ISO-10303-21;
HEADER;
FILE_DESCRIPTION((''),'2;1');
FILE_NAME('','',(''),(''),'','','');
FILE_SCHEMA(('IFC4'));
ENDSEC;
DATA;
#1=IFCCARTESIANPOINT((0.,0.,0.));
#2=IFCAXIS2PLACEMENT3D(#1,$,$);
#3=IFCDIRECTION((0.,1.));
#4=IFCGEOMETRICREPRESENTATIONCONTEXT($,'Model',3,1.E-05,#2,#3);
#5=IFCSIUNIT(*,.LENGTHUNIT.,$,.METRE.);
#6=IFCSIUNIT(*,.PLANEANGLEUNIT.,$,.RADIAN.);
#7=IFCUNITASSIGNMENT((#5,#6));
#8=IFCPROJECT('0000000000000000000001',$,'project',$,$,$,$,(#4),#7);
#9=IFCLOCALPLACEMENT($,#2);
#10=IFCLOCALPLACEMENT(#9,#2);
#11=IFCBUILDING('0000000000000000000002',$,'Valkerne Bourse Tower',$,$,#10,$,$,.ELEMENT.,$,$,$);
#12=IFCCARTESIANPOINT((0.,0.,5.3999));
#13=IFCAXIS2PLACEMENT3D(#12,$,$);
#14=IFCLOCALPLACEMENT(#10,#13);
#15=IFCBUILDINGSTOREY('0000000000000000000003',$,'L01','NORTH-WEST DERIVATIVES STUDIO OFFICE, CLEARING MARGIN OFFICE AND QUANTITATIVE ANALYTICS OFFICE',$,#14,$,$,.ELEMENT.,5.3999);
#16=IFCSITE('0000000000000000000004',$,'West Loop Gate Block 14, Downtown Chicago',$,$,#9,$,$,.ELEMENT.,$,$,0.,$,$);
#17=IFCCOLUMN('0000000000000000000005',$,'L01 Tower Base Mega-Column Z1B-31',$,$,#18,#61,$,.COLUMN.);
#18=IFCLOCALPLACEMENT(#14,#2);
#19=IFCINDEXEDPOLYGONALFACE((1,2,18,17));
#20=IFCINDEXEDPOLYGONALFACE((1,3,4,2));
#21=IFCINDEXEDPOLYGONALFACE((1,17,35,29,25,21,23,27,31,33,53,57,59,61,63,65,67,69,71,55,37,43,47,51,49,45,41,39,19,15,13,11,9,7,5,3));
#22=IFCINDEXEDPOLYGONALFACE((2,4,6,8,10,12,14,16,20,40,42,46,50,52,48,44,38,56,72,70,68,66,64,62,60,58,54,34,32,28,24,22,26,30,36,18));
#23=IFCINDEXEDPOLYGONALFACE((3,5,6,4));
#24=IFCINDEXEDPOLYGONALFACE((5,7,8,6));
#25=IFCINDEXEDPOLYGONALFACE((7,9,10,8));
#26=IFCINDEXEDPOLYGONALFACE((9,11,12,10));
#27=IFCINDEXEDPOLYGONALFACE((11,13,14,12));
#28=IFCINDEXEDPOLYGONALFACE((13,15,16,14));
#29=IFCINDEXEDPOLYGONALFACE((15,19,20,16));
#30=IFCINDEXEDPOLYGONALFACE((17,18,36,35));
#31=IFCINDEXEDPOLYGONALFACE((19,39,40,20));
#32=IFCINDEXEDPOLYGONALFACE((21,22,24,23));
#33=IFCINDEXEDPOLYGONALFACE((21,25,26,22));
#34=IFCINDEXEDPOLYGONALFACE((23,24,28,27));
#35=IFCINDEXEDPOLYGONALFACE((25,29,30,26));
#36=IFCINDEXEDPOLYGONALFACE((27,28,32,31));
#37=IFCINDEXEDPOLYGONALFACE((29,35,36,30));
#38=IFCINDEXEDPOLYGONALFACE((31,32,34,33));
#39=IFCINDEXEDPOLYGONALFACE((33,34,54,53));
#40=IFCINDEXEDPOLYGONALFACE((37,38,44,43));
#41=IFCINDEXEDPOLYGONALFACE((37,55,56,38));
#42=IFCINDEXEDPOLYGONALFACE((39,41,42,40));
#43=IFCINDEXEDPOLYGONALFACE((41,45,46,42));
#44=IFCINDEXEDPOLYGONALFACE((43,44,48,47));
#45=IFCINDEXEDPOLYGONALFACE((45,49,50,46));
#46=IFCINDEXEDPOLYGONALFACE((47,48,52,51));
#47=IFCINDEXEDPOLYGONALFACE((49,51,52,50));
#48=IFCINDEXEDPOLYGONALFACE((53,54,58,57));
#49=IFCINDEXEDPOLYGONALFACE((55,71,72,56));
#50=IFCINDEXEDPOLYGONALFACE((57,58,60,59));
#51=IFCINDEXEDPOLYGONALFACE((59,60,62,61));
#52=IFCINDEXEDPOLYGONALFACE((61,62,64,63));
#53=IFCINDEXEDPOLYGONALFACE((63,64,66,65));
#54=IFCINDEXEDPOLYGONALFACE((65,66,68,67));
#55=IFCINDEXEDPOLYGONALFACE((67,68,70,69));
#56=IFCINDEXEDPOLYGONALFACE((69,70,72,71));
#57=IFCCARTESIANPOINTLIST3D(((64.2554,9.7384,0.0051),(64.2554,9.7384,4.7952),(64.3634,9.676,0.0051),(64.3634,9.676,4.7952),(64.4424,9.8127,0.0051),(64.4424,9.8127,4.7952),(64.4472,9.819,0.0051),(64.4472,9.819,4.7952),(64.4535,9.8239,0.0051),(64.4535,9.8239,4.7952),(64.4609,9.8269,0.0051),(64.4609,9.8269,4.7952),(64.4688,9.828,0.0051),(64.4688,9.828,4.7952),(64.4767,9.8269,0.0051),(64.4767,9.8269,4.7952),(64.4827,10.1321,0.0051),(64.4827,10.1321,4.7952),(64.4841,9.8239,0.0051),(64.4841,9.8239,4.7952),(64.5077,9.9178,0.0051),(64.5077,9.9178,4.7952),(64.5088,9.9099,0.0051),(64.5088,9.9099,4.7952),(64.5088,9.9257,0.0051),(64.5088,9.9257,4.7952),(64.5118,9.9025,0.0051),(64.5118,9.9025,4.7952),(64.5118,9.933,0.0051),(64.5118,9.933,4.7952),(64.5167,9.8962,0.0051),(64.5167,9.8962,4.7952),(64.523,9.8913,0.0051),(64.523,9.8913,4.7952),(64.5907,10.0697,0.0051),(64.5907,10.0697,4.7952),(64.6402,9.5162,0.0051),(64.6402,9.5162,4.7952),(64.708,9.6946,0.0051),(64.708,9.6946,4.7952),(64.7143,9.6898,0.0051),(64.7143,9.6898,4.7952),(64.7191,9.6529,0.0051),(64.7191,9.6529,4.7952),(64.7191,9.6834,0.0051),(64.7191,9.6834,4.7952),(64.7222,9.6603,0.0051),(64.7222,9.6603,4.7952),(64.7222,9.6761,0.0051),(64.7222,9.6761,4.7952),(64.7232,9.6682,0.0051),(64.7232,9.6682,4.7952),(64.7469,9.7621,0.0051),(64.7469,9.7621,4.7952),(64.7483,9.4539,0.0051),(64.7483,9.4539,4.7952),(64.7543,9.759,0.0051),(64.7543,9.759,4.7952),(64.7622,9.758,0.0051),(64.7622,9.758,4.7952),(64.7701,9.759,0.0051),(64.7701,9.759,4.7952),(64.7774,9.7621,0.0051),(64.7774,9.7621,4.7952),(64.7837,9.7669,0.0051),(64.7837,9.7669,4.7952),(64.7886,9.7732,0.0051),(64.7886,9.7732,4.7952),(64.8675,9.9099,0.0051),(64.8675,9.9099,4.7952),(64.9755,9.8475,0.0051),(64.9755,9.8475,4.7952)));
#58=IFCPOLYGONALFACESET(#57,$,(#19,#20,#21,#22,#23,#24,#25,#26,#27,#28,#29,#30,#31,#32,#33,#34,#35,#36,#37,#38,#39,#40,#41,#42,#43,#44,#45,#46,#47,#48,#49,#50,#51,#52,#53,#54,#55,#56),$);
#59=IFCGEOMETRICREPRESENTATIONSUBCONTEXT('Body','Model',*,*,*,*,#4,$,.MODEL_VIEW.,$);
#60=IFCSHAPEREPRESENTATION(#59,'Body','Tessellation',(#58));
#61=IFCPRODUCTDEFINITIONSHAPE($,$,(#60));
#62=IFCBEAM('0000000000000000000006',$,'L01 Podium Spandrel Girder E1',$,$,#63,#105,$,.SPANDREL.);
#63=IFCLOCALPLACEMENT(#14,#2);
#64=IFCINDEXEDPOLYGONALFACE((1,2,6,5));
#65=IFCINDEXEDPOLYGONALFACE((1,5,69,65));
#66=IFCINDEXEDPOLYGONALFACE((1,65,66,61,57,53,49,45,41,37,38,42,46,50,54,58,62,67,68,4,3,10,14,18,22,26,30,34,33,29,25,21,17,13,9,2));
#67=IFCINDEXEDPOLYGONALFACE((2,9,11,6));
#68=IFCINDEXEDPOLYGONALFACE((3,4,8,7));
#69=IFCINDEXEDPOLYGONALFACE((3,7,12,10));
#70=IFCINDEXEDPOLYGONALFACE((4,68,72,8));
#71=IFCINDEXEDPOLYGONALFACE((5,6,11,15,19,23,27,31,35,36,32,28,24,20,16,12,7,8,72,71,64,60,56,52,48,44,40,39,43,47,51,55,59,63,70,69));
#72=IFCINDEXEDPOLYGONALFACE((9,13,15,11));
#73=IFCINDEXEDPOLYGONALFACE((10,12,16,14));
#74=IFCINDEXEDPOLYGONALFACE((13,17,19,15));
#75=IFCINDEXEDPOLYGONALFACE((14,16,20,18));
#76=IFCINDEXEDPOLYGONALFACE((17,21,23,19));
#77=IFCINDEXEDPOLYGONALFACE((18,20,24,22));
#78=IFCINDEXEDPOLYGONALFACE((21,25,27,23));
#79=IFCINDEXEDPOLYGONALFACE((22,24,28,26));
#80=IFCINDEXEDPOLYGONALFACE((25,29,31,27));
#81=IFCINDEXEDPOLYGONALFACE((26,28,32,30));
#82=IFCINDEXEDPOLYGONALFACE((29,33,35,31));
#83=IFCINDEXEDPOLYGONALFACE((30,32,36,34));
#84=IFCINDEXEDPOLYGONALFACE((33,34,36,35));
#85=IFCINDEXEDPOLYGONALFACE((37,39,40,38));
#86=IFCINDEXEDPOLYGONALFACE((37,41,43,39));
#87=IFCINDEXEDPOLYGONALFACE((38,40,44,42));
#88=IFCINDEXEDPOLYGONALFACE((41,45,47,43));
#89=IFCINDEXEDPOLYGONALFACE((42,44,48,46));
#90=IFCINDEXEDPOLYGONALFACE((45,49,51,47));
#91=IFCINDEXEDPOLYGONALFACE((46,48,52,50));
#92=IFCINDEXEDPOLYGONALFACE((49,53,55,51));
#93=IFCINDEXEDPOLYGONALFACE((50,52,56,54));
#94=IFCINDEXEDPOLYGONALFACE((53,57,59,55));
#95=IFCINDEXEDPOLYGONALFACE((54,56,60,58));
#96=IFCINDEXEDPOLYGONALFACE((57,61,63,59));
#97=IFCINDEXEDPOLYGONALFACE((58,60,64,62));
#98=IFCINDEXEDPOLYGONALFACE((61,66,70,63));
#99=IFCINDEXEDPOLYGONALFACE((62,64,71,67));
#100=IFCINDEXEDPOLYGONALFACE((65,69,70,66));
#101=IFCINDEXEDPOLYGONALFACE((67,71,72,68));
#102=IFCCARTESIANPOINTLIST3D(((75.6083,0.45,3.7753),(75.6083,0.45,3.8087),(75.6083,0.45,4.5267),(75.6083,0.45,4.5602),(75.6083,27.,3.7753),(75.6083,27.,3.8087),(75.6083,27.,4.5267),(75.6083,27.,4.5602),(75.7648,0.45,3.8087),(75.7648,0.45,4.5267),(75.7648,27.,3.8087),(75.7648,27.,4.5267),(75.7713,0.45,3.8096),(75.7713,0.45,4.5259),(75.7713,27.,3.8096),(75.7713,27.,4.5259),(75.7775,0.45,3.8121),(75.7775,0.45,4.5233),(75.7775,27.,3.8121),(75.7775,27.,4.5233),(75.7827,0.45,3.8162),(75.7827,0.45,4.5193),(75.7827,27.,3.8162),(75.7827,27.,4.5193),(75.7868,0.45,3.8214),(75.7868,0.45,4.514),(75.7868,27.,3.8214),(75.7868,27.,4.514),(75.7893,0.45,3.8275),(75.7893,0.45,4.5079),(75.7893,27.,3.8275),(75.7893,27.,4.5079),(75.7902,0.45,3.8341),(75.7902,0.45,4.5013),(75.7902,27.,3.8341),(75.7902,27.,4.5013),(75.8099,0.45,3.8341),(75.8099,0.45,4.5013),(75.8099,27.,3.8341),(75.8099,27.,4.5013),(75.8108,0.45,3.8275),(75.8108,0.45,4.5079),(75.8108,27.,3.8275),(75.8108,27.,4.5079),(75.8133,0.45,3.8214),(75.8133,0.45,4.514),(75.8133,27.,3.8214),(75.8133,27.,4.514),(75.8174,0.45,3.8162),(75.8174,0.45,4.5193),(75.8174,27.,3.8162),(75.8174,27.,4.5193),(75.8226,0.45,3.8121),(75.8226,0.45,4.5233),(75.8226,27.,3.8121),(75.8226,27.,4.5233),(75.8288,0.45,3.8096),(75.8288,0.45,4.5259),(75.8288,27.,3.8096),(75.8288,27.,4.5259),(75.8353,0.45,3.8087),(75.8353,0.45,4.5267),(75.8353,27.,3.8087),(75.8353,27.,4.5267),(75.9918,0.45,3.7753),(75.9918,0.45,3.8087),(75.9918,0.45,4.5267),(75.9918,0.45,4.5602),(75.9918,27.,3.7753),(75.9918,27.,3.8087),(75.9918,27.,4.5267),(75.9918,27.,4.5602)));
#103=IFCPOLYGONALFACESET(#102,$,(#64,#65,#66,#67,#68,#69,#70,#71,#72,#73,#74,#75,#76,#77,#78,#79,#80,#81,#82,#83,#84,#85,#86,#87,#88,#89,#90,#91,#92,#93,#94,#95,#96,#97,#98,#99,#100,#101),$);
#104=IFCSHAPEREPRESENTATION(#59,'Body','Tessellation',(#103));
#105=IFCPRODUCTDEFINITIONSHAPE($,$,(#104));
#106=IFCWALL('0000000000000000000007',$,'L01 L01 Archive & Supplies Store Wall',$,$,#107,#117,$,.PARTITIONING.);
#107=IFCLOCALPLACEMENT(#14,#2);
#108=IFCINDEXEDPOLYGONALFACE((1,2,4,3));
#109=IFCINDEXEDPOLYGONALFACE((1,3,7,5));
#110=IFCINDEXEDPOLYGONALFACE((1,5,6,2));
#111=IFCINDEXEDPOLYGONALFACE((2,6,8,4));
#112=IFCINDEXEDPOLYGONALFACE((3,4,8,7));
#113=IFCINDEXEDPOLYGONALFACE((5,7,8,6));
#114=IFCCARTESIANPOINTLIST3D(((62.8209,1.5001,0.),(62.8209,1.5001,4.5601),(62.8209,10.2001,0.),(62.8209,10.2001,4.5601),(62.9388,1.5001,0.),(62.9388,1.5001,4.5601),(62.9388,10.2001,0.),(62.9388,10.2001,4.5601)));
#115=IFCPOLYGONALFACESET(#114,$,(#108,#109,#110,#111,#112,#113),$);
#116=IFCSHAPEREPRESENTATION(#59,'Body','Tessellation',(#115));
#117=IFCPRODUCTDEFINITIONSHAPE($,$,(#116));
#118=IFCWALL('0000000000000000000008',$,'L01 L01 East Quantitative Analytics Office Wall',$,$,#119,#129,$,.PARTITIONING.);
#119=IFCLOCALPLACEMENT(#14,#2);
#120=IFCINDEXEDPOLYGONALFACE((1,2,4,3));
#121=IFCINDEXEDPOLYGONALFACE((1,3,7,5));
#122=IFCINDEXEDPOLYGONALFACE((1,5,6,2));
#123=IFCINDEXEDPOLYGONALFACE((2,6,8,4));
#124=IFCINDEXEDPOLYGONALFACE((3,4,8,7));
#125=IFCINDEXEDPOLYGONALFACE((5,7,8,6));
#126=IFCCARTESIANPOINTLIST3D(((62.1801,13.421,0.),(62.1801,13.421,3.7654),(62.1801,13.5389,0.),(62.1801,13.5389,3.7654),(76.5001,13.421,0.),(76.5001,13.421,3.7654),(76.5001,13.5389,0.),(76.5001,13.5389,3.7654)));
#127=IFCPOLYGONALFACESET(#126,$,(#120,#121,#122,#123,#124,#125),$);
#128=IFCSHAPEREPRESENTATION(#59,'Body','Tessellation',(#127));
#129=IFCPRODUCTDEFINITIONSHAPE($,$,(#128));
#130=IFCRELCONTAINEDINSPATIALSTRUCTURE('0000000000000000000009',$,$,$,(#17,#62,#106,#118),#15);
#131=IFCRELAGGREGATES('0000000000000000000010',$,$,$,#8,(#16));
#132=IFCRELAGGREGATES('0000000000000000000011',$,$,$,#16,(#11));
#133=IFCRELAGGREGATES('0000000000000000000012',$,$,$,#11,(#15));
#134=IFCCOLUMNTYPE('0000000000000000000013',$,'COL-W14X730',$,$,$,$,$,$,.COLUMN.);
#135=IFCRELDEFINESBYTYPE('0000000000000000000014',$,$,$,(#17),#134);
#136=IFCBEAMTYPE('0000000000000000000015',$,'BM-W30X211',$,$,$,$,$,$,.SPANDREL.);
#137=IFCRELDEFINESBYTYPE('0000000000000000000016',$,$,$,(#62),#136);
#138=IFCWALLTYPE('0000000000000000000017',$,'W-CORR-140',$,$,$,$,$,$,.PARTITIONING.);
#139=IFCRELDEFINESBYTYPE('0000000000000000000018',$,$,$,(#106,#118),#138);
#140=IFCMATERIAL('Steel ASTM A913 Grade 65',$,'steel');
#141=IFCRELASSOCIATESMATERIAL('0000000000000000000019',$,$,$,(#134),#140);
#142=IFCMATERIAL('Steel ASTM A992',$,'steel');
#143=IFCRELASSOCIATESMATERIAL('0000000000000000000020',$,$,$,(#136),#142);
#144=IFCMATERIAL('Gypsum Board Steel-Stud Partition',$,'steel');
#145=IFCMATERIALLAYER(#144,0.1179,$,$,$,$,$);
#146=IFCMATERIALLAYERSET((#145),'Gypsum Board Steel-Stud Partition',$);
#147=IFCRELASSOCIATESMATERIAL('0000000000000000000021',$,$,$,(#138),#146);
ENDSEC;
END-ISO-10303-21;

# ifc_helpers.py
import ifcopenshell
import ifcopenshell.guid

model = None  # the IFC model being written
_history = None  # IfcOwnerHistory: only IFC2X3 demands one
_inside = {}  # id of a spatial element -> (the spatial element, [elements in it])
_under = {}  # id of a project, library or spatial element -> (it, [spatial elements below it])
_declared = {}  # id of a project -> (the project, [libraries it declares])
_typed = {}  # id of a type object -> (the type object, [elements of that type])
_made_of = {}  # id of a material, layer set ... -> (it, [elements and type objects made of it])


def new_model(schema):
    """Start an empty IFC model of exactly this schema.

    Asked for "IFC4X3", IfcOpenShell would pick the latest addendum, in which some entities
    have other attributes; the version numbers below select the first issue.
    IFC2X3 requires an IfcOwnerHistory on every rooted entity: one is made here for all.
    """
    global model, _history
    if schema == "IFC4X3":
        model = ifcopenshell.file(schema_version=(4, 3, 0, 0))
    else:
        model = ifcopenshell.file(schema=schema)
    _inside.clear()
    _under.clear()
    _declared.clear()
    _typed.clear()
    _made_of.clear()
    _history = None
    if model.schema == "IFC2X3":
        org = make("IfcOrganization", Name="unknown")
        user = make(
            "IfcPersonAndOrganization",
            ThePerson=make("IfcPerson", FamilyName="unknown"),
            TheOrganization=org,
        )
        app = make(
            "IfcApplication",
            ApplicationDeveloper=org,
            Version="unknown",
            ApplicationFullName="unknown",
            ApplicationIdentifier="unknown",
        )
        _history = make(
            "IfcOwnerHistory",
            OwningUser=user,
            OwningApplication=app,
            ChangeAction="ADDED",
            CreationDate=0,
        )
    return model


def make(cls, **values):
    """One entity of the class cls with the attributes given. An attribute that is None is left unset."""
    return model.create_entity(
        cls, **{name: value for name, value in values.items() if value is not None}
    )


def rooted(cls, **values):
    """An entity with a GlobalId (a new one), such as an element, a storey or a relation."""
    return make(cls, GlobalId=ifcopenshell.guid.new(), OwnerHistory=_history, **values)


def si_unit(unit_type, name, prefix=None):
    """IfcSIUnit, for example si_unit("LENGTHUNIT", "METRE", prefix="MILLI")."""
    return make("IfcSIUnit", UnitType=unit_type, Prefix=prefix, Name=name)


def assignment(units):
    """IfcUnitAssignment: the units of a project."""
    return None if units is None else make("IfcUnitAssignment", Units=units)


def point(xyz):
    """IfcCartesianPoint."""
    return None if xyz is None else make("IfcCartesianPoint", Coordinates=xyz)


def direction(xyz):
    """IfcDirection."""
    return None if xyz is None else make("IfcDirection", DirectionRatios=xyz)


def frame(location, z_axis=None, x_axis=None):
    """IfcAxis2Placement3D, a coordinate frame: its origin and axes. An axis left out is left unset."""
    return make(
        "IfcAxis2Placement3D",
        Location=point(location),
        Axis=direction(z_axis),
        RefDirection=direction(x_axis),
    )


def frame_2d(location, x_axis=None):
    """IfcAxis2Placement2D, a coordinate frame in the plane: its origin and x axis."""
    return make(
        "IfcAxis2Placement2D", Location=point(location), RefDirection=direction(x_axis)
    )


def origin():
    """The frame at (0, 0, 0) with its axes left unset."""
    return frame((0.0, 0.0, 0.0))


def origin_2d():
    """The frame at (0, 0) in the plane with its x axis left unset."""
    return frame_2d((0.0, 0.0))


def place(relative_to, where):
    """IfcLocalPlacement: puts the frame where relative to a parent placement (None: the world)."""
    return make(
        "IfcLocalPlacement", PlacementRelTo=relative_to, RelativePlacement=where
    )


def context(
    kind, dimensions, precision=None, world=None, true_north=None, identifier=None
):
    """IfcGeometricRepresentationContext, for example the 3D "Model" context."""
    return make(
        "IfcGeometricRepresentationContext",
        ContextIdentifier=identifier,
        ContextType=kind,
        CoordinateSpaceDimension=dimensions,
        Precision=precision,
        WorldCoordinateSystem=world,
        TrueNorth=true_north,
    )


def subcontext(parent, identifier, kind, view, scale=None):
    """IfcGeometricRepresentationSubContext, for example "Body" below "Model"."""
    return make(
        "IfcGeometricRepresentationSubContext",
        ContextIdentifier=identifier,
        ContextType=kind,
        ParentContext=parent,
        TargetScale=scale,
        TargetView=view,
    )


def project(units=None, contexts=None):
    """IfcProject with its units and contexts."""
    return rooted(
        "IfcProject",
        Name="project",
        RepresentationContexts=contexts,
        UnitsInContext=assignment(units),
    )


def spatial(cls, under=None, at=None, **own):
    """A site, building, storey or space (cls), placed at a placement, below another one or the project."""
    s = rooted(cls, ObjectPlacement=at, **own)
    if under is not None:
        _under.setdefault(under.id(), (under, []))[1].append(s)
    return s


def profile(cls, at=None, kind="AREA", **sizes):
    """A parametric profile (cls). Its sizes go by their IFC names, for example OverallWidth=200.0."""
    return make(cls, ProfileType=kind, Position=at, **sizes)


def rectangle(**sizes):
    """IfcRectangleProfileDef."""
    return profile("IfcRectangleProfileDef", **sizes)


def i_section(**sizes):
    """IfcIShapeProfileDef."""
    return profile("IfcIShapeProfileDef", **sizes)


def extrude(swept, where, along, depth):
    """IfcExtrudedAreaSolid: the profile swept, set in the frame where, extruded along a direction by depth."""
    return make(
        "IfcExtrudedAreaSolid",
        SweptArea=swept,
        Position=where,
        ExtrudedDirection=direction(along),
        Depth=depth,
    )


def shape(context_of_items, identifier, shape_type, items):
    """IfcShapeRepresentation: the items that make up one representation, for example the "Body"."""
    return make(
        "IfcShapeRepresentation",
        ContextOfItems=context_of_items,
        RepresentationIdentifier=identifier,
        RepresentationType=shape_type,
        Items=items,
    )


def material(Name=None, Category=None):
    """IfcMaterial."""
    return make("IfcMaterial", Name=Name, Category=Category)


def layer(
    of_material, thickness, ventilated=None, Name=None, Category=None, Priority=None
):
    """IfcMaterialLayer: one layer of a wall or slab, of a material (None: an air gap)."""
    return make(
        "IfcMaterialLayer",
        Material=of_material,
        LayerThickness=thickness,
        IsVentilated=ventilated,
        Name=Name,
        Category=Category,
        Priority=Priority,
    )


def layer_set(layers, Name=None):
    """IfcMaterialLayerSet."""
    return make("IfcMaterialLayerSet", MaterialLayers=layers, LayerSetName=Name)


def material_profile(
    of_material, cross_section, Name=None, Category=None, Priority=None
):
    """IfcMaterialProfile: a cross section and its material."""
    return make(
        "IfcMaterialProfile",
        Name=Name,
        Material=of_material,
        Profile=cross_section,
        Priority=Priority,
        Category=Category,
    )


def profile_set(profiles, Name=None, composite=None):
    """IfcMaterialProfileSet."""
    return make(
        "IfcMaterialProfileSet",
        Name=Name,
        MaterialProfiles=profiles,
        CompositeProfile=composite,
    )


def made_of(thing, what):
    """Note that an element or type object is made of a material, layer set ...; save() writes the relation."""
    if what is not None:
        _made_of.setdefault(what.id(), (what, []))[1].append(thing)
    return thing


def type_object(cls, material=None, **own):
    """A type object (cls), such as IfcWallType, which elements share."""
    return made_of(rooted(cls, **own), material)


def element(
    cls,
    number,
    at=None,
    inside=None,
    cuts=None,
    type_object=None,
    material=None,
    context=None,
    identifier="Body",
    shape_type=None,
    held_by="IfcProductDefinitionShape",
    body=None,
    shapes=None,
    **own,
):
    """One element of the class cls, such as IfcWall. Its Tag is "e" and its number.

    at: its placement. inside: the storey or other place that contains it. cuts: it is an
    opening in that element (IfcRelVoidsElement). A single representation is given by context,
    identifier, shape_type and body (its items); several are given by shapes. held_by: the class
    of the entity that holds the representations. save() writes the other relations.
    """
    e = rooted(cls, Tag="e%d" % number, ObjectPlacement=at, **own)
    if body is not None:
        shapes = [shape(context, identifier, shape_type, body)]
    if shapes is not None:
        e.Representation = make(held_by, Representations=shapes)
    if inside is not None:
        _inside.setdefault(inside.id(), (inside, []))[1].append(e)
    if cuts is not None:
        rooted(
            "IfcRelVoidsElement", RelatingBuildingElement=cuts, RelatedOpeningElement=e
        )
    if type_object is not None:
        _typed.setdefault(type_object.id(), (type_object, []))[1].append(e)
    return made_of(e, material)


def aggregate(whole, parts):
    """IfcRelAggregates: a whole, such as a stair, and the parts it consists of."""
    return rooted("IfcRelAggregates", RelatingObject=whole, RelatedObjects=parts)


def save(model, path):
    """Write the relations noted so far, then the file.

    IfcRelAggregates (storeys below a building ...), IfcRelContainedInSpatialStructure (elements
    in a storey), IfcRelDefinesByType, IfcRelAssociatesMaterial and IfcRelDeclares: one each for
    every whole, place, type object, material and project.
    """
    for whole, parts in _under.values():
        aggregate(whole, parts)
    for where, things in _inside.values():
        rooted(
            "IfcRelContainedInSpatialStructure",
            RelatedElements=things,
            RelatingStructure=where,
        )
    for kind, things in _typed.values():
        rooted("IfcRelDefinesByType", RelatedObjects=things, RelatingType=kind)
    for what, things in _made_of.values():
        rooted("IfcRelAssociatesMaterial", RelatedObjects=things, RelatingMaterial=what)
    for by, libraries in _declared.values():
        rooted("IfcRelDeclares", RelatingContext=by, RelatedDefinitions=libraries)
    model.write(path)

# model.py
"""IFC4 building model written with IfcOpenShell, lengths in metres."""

from ifc_helpers import new_model, si_unit, direction, frame, frame_2d, origin, origin_2d, place, context, subcontext, project, spatial, rectangle, i_section, extrude, material, layer, layer_set, material_profile, profile_set, type_object, element, save


model = new_model("IFC4")

# Units and contexts
model_context = context("Model", 3, precision=1e-05, world=origin(), true_north=direction((0.0, 1.0)))
body_context = subcontext(model_context, "Body", "Model", "MODEL_VIEW")
ifc_project = project(units=[si_unit("LENGTHUNIT", "METRE"), si_unit("PLANEANGLEUNIT", "RADIAN")], contexts=[model_context])

# Site, building, storey
site_placement = place(None, origin())
site = spatial("IfcSite", under=ifc_project, at=site_placement, Name="West Loop Gate Block 14, Downtown Chicago", CompositionType="ELEMENT", RefElevation=0.0)
building_placement = place(site_placement, origin())
building = spatial("IfcBuilding", under=site, at=building_placement, Name="Valkerne Bourse Tower", CompositionType="ELEMENT")
storey_placement = place(building_placement, frame((0.0, 0.0, 5.3999)))
storey = spatial("IfcBuildingStorey", under=building, at=storey_placement, Name="L01", Description="NORTH-WEST DERIVATIVES STUDIO OFFICE, CLEARING MARGIN OFFICE AND QUANTITATIVE ANALYTICS OFFICE", CompositionType="ELEMENT", Elevation=5.3999)

# Column
ifc_material_1 = material(Name="Steel ASTM A913 Grade 65", Category="steel")
ifc_material_profile_1 = material_profile(ifc_material_1, i_section(OverallWidth=0.4546, OverallDepth=0.5691, WebThickness=0.0779, FlangeThickness=0.1248, FilletRadius=0.0305, at=origin_2d()), Name="W14X730")
ifc_profile_set_1 = profile_set([ifc_material_profile_1], Name="Steel ASTM A913 Grade 65")
column_type_1 = type_object("IfcColumnType", Name="COL-W14X730", PredefinedType="COLUMN", material=ifc_profile_set_1)
for number, where, z_axis, x_axis, name in (
    (1, (64.6155, 9.793, 0.0051), (0.0, 0.0, 1.0), (0.5, 0.866025, 0.0), "L01 Tower Base Mega-Column Z1B-31"),
):
    element("IfcColumn", number, at=place(storey_placement, frame(where, z_axis=z_axis, x_axis=x_axis)), inside=storey, type_object=column_type_1, Name=name, PredefinedType="COLUMN", context=body_context, shape_type="SweptSolid", body=[
        extrude(i_section(OverallWidth=0.4546, OverallDepth=0.5691, WebThickness=0.0779, FlangeThickness=0.1248, FilletRadius=0.0305, at=origin_2d()), origin(), (0.0, 0.0, 1.0), 4.79),
    ])

# Beam
ifc_material_2 = material(Name="Steel ASTM A992", Category="steel")
ifc_material_profile_2 = material_profile(ifc_material_2, i_section(OverallWidth=0.3835, OverallDepth=0.7849, WebThickness=0.0198, FlangeThickness=0.0334, FilletRadius=0.0254, at=origin_2d()), Name="W30X211")
ifc_profile_set_2 = profile_set([ifc_material_profile_2], Name="Steel ASTM A992")
beam_type = type_object("IfcBeamType", Name="BM-W30X211", PredefinedType="SPANDREL", material=ifc_profile_set_2)
beam_placement = place(storey_placement, frame((75.8, 0.45, 4.1677), z_axis=(0.0, 1.0, 0.0), x_axis=(-1.0, 0.0, 0.0)))
element("IfcBeam", 2, at=beam_placement, inside=storey, type_object=beam_type, Name="L01 Podium Spandrel Girder E1", PredefinedType="SPANDREL", context=body_context, shape_type="SweptSolid", body=[
    extrude(i_section(OverallWidth=0.3835, OverallDepth=0.7849, WebThickness=0.0198, FlangeThickness=0.0334, FilletRadius=0.0254, at=origin_2d()), origin(), (0.0, 0.0, 1.0), 26.55),
])

# Walls
ifc_material_3 = material(Name="Gypsum Board Steel-Stud Partition", Category="steel")
ifc_layer_1 = layer(ifc_material_3, 0.1179)
ifc_layer_set_1 = layer_set([ifc_layer_1], Name="Gypsum Board Steel-Stud Partition")
wall_type_1 = type_object("IfcWallType", Name="W-CORR-140", PredefinedType="PARTITIONING", material=ifc_layer_set_1)
wall_1_placement = place(storey_placement, frame((62.8799, 1.5, 0.0), z_axis=(0.0, 0.0, 1.0), x_axis=(0.0, 1.0, 0.0)))
element("IfcWall", 3, at=wall_1_placement, inside=storey, type_object=wall_type_1, Name="L01 L01 Archive & Supplies Store Wall", PredefinedType="PARTITIONING", context=body_context, shape_type="SweptSolid", body=[
    extrude(rectangle(XDim=8.7, YDim=0.1179, at=frame_2d((4.3501, 0.0))), origin(), (0.0, 0.0, 1.0), 4.5601),
])
wall_2_placement = place(storey_placement, frame((62.1799, 13.48, 0.0), z_axis=(0.0, 0.0, 1.0), x_axis=(1.0, 0.0, 0.0)))
element("IfcWall", 4, at=wall_2_placement, inside=storey, type_object=wall_type_1, Name="L01 L01 East Quantitative Analytics Office Wall", PredefinedType="PARTITIONING", context=body_context, shape_type="SweptSolid", body=[
    extrude(rectangle(XDim=14.3201, YDim=0.1179, at=frame_2d((7.1602, 0.0))), origin(), (0.0, 0.0, 1.0), 3.7654),
])

save(model, "model.ifc")
